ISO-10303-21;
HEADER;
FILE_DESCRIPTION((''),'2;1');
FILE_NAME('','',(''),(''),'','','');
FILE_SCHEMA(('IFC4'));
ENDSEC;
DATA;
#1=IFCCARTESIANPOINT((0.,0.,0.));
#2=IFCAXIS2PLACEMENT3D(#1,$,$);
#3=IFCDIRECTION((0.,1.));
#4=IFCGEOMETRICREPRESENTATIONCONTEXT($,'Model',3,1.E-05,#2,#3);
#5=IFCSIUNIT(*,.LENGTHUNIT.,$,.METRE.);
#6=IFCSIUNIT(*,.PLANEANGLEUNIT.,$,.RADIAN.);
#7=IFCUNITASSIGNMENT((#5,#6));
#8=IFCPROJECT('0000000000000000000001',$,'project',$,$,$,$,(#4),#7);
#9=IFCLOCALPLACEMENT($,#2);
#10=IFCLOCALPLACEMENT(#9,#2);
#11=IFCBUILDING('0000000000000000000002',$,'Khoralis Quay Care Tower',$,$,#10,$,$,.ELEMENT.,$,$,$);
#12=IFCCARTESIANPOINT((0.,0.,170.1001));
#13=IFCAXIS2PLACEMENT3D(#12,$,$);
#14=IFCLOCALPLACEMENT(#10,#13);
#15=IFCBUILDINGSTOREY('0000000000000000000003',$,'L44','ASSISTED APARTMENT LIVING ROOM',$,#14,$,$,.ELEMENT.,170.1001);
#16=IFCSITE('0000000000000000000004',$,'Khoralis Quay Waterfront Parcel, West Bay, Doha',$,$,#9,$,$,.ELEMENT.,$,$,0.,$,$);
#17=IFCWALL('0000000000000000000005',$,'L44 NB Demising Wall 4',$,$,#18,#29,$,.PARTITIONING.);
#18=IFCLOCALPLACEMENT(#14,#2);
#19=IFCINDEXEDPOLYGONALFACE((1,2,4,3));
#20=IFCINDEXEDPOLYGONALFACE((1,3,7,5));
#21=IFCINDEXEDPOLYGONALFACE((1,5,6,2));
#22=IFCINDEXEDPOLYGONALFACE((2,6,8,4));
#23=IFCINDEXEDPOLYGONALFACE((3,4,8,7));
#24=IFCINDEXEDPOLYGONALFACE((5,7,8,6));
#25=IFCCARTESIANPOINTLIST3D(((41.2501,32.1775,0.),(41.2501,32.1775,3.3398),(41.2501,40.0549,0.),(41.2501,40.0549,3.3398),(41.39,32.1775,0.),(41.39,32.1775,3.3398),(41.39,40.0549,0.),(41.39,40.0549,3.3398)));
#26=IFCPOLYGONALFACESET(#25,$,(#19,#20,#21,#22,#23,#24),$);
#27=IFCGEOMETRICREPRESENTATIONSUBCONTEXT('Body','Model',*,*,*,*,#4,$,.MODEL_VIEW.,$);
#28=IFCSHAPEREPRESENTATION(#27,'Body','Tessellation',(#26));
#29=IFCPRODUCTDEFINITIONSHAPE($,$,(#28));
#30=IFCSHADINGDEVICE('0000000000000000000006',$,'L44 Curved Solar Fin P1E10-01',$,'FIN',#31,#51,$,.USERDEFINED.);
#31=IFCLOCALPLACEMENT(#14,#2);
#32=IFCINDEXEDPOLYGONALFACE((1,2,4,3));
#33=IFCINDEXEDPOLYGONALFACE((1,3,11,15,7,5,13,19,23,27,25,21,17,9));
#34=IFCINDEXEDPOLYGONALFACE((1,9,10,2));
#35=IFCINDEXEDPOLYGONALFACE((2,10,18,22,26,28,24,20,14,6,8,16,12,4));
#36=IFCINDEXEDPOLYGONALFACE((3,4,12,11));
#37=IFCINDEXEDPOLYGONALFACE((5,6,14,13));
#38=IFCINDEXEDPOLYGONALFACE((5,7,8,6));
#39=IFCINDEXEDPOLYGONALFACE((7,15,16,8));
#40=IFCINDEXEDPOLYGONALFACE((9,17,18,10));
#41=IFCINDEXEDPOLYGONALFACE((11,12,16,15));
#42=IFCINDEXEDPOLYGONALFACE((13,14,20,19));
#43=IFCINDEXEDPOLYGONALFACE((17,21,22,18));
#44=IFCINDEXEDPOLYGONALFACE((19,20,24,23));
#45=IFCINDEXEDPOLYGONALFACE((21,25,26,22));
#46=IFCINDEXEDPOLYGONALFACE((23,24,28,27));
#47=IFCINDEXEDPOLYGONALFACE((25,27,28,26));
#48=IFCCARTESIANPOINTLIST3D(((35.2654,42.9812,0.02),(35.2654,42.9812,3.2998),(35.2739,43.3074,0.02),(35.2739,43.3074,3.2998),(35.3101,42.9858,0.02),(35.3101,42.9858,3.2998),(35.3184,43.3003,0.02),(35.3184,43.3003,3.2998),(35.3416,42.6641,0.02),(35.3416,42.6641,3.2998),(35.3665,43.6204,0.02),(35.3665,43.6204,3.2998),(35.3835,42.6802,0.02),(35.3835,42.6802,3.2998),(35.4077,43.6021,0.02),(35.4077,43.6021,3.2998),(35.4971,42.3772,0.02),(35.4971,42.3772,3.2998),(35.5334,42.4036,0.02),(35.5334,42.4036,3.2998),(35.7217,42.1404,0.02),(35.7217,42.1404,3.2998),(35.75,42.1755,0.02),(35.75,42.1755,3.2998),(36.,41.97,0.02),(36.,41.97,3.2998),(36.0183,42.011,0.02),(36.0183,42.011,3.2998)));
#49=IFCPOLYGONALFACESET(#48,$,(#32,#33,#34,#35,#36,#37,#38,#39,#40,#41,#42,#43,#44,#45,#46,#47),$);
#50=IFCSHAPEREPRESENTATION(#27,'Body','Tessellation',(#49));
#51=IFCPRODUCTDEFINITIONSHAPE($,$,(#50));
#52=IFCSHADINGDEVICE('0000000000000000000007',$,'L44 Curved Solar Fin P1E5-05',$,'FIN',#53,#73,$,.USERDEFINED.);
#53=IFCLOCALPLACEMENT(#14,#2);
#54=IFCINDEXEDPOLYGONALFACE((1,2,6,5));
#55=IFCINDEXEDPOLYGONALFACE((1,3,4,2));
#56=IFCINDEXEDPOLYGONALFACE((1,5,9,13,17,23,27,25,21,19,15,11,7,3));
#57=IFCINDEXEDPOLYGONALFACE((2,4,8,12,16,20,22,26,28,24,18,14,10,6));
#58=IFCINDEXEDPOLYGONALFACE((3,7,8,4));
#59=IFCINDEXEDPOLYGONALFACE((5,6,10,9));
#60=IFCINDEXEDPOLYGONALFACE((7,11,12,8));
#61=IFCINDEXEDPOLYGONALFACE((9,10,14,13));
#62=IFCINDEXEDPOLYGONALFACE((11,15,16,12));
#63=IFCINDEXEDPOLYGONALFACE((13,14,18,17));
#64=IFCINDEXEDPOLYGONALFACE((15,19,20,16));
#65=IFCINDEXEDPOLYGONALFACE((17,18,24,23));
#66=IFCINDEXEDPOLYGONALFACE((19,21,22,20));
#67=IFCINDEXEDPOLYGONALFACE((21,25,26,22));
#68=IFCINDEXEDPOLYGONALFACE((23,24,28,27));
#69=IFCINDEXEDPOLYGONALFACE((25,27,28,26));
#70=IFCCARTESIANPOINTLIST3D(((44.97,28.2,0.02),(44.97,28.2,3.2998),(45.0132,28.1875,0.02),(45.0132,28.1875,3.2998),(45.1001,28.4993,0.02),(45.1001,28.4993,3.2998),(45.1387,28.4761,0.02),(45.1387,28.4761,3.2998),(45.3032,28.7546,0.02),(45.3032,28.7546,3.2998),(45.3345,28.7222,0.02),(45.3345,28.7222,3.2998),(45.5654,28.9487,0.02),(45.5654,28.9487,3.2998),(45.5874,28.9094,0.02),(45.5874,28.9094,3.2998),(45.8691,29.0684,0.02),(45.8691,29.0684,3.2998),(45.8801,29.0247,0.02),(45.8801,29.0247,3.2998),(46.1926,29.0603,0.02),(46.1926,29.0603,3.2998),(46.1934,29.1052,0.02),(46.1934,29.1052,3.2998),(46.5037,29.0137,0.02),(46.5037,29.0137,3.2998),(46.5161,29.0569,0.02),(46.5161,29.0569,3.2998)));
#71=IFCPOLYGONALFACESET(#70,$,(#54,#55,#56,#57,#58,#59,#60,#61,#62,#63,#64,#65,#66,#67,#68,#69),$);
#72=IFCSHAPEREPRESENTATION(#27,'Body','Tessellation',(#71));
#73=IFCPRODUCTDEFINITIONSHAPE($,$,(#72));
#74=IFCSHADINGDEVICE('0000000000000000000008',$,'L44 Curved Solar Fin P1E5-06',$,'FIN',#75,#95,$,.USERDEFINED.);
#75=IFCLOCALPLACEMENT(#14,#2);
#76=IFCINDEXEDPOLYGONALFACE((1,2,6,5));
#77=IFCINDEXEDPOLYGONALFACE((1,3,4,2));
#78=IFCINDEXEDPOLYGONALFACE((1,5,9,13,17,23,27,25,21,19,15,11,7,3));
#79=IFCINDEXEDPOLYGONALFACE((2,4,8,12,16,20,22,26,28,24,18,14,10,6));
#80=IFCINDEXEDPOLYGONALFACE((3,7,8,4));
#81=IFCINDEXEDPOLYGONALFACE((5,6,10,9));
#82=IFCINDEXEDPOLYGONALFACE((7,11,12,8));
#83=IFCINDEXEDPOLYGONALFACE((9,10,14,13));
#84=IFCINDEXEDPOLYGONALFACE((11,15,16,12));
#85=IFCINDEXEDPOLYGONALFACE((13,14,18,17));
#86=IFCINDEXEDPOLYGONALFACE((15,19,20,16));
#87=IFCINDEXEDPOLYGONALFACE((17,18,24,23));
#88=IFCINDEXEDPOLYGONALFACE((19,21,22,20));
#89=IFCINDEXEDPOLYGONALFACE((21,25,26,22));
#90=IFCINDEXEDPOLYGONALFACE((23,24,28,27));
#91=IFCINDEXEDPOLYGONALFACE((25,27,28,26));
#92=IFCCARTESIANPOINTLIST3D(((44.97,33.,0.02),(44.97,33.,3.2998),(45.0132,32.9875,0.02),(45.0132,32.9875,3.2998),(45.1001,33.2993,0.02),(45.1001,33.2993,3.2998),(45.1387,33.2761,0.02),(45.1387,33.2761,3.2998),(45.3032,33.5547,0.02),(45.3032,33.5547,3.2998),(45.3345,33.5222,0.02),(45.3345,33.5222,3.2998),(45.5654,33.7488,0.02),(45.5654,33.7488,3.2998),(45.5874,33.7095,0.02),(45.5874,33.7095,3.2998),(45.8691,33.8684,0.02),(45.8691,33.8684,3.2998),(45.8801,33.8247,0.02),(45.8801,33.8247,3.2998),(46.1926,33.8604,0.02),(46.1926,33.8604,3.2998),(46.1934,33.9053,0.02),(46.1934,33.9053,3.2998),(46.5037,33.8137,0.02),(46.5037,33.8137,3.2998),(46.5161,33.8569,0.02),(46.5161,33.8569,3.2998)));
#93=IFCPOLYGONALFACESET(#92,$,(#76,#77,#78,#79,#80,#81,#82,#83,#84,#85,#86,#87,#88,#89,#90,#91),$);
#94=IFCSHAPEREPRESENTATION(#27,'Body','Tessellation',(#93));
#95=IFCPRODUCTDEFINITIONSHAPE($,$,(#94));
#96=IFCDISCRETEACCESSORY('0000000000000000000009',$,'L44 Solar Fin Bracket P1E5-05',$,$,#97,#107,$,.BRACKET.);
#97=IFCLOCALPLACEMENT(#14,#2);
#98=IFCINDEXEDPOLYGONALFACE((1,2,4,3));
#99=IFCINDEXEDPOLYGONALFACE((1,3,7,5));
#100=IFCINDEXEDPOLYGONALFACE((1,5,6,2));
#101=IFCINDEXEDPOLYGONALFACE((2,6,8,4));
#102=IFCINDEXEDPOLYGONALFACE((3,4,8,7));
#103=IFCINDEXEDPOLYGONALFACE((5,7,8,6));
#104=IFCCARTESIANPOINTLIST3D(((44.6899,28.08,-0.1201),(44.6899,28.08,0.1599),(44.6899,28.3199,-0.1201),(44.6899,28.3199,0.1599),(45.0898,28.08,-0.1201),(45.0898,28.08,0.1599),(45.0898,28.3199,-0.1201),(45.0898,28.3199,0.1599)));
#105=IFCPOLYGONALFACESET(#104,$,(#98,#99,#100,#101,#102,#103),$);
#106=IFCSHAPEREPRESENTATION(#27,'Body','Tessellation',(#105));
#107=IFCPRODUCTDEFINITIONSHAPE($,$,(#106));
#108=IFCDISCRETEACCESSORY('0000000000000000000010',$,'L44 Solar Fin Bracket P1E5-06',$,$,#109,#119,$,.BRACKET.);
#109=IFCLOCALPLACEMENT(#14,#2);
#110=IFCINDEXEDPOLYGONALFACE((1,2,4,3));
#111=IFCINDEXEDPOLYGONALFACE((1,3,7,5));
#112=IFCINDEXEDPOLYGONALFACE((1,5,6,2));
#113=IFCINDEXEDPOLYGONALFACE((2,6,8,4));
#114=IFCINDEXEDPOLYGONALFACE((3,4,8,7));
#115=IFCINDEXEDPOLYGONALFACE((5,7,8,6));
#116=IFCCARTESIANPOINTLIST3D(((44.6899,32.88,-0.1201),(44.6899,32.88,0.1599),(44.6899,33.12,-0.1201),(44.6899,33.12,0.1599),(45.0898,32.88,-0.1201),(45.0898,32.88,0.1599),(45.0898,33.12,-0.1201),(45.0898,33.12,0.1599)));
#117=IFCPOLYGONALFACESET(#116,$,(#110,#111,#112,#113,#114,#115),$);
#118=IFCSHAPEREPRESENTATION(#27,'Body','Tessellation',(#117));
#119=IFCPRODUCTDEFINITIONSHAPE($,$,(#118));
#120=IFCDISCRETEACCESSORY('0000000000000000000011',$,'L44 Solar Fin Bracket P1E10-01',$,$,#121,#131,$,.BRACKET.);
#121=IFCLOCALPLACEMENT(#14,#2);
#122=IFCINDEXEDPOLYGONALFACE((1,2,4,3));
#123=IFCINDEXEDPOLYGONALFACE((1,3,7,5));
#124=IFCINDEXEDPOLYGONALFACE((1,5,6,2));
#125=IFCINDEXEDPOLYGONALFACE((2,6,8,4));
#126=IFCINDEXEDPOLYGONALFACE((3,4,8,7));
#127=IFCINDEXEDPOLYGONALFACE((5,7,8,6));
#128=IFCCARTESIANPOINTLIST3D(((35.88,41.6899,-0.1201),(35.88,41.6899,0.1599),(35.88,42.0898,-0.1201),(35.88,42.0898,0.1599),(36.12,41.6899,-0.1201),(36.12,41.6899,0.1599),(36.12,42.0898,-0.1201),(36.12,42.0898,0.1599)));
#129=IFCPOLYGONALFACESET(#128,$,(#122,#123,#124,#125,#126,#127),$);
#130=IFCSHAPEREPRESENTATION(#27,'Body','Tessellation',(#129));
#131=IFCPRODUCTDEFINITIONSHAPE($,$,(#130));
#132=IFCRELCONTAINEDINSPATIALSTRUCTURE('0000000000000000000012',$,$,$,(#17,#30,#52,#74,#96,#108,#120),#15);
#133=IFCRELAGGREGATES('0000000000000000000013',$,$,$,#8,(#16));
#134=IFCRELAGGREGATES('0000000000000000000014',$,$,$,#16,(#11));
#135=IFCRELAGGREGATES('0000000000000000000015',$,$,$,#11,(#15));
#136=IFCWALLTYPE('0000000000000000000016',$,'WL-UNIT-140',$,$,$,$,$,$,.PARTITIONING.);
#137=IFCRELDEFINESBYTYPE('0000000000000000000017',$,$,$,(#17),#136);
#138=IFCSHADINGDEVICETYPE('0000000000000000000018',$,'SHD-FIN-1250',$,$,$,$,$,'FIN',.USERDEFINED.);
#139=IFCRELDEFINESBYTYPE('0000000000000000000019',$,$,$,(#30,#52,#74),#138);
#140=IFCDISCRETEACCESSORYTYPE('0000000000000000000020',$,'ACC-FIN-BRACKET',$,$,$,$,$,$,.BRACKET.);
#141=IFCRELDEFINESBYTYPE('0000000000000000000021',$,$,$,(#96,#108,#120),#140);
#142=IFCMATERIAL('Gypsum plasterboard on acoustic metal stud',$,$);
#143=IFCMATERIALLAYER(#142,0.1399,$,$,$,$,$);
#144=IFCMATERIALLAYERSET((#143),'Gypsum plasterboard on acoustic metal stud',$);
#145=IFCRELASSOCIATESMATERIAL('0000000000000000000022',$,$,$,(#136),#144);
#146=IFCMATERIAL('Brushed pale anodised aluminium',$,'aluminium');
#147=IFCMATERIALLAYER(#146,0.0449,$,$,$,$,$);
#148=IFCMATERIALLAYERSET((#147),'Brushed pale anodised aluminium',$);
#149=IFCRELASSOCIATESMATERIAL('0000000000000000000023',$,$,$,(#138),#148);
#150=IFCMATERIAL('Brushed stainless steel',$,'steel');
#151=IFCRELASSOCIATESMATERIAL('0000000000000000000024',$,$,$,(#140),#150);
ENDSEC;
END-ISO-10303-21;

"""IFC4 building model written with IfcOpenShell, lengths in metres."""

from ifc_helpers import new_model, si_unit, direction, frame, frame_2d, origin, origin_2d, place, context, subcontext, project, spatial, polyline, rectangle, outline, extrude, source, transform, mapped, material, layer, layer_set, type_object, element, save


model = new_model("IFC4")

# Units and contexts
model_context = context("Model", 3, precision=1e-05, world=origin(), true_north=direction((0.0, 1.0)))
body_context = subcontext(model_context, "Body", "Model", "MODEL_VIEW")
ifc_project = project(units=[si_unit("LENGTHUNIT", "METRE"), si_unit("PLANEANGLEUNIT", "RADIAN")], contexts=[model_context])

# Site, building, storey
site_placement = place(None, origin())
site = spatial("IfcSite", under=ifc_project, at=site_placement, Name="Khoralis Quay Waterfront Parcel, West Bay, Doha", CompositionType="ELEMENT", RefElevation=0.0)
building_placement = place(site_placement, origin())
building = spatial("IfcBuilding", under=site, at=building_placement, Name="Khoralis Quay Care Tower", CompositionType="ELEMENT")
storey_placement = place(building_placement, frame((0.0, 0.0, 170.1001)))
storey = spatial("IfcBuildingStorey", under=building, at=storey_placement, Name="L44", Description="ASSISTED APARTMENT LIVING ROOM", CompositionType="ELEMENT", Elevation=170.1001)

# Shared definitions
ifc_material_1 = material(Name="Gypsum plasterboard on acoustic metal stud")

# Wall
ifc_layer_1 = layer(ifc_material_1, 0.1399)
ifc_layer_set_1 = layer_set([ifc_layer_1], Name="Gypsum plasterboard on acoustic metal stud")
wall_type_1 = type_object("IfcWallType", Name="WL-UNIT-140", PredefinedType="PARTITIONING", material=ifc_layer_set_1)
wall_1_placement = place(storey_placement, frame((41.3201, 32.1775, 0.0), z_axis=(0.0, 0.0, 1.0), x_axis=(0.0, 1.0, 0.0)))
element("IfcWall", 1, at=wall_1_placement, inside=storey, type_object=wall_type_1, Name="L44 NB Demising Wall 4", PredefinedType="PARTITIONING", context=body_context, shape_type="SweptSolid", body=[
    extrude(rectangle(XDim=7.8774, YDim=0.1399, at=frame_2d((3.9387, 0.0))), origin(), (0.0, 0.0, 1.0), 3.3398),
])

# Shading devices
ifc_material_2 = material(Name="Brushed pale anodised aluminium", Category="aluminium")
ifc_layer_2 = layer(ifc_material_2, 0.0449)
ifc_layer_set_2 = layer_set([ifc_layer_2], Name="Brushed pale anodised aluminium")
shading_device_type = type_object("IfcShadingDeviceType", Name="SHD-FIN-1250", ElementType="FIN", PredefinedType="USERDEFINED", material=ifc_layer_set_2)
shared_shape_1 = source(origin(), body_context, "Body", "SweptSolid", [
    extrude(outline(polyline([(0.0, 0.0), (0.1704, 0.2783), (0.4072, 0.5029), (0.6941, 0.6584), (1.0112, 0.7346), (1.3374, 0.7261), (1.6504, 0.6335), (1.6321, 0.5923), (1.3303, 0.6816), (1.0159, 0.6899), (0.7102, 0.6165), (0.4336, 0.4666), (0.2056, 0.25), (0.041, -0.0183), (0.0, 0.0)])), origin(), (0.0, 0.0, 1.0), 3.2798),
])
shading_device_placement = place(storey_placement, frame((36.0, 41.97, 0.02), z_axis=(0.0, 0.0, 1.0), x_axis=(0.0, 1.0, 0.0)))
element("IfcShadingDevice", 2, at=shading_device_placement, inside=storey, type_object=shading_device_type, Name="L44 Curved Solar Fin P1E10-01", ObjectType="FIN", PredefinedType="USERDEFINED", context=body_context, shape_type="MappedRepresentation", body=[
    mapped(shared_shape_1, transform((0.0, 0.0, 0.0), scale=1.0)),
])
shared_shape_2 = source(origin(), body_context, "Body", "SweptSolid", [
    extrude(outline(polyline([(0.0, 0.0), (0.1301, 0.2993), (0.3333, 0.5547), (0.5955, 0.7488), (0.8992, 0.8684), (1.2234, 0.9053), (1.5461, 0.8569), (1.5337, 0.8137), (1.2227, 0.8604), (0.9102, 0.8247), (0.6174, 0.7095), (0.3645, 0.5222), (0.1687, 0.2761), (0.0432, -0.0125), (0.0, 0.0)])), origin(), (0.0, 0.0, 1.0), 3.2798),
])
for number, where, z_axis, x_axis, name in (
    (3, (44.97, 28.2, 0.02), (0.0, 0.0, 1.0), (1.0, 0.0, 0.0), "L44 Curved Solar Fin P1E5-05"),
    (4, (44.97, 33.0, 0.02), (0.0, 0.0, 1.0), (1.0, 0.0, 0.0), "L44 Curved Solar Fin P1E5-06"),
):
    element("IfcShadingDevice", number, at=place(storey_placement, frame(where, z_axis=z_axis, x_axis=x_axis)), inside=storey, type_object=shading_device_type, Name=name, ObjectType="FIN", PredefinedType="USERDEFINED", context=body_context, shape_type="MappedRepresentation", body=[
        mapped(shared_shape_2, transform((0.0, 0.0, 0.0), scale=1.0)),
    ])

# Discrete accessories
ifc_material_3 = material(Name="Brushed stainless steel", Category="steel")
discrete_accessory_type = type_object("IfcDiscreteAccessoryType", Name="ACC-FIN-BRACKET", PredefinedType="BRACKET", material=ifc_material_3)
shared_shape_3 = source(origin(), body_context, "Body", "SweptSolid", [
    extrude(rectangle(XDim=0.3999, YDim=0.24, at=origin_2d()), origin(), (0.0, 0.0, 1.0), 0.28),
])
for number, where, z_axis, x_axis, name in (
    (5, (44.8899, 28.2, -0.1201), (0.0, 0.0, 1.0), (1.0, 0.0, 0.0), "L44 Solar Fin Bracket P1E5-05"),
    (6, (44.8899, 33.0, -0.1201), (0.0, 0.0, 1.0), (1.0, 0.0, 0.0), "L44 Solar Fin Bracket P1E5-06"),
    (7, (36.0, 41.8899, -0.1201), (0.0, 0.0, 1.0), (0.0, 1.0, 0.0), "L44 Solar Fin Bracket P1E10-01"),
):
    element("IfcDiscreteAccessory", number, at=place(storey_placement, frame(where, z_axis=z_axis, x_axis=x_axis)), inside=storey, type_object=discrete_accessory_type, Name=name, PredefinedType="BRACKET", context=body_context, shape_type="MappedRepresentation", body=[
        mapped(shared_shape_3, transform((0.0, 0.0, 0.0), scale=1.0)),
    ])

save(model, "model.ifc")
